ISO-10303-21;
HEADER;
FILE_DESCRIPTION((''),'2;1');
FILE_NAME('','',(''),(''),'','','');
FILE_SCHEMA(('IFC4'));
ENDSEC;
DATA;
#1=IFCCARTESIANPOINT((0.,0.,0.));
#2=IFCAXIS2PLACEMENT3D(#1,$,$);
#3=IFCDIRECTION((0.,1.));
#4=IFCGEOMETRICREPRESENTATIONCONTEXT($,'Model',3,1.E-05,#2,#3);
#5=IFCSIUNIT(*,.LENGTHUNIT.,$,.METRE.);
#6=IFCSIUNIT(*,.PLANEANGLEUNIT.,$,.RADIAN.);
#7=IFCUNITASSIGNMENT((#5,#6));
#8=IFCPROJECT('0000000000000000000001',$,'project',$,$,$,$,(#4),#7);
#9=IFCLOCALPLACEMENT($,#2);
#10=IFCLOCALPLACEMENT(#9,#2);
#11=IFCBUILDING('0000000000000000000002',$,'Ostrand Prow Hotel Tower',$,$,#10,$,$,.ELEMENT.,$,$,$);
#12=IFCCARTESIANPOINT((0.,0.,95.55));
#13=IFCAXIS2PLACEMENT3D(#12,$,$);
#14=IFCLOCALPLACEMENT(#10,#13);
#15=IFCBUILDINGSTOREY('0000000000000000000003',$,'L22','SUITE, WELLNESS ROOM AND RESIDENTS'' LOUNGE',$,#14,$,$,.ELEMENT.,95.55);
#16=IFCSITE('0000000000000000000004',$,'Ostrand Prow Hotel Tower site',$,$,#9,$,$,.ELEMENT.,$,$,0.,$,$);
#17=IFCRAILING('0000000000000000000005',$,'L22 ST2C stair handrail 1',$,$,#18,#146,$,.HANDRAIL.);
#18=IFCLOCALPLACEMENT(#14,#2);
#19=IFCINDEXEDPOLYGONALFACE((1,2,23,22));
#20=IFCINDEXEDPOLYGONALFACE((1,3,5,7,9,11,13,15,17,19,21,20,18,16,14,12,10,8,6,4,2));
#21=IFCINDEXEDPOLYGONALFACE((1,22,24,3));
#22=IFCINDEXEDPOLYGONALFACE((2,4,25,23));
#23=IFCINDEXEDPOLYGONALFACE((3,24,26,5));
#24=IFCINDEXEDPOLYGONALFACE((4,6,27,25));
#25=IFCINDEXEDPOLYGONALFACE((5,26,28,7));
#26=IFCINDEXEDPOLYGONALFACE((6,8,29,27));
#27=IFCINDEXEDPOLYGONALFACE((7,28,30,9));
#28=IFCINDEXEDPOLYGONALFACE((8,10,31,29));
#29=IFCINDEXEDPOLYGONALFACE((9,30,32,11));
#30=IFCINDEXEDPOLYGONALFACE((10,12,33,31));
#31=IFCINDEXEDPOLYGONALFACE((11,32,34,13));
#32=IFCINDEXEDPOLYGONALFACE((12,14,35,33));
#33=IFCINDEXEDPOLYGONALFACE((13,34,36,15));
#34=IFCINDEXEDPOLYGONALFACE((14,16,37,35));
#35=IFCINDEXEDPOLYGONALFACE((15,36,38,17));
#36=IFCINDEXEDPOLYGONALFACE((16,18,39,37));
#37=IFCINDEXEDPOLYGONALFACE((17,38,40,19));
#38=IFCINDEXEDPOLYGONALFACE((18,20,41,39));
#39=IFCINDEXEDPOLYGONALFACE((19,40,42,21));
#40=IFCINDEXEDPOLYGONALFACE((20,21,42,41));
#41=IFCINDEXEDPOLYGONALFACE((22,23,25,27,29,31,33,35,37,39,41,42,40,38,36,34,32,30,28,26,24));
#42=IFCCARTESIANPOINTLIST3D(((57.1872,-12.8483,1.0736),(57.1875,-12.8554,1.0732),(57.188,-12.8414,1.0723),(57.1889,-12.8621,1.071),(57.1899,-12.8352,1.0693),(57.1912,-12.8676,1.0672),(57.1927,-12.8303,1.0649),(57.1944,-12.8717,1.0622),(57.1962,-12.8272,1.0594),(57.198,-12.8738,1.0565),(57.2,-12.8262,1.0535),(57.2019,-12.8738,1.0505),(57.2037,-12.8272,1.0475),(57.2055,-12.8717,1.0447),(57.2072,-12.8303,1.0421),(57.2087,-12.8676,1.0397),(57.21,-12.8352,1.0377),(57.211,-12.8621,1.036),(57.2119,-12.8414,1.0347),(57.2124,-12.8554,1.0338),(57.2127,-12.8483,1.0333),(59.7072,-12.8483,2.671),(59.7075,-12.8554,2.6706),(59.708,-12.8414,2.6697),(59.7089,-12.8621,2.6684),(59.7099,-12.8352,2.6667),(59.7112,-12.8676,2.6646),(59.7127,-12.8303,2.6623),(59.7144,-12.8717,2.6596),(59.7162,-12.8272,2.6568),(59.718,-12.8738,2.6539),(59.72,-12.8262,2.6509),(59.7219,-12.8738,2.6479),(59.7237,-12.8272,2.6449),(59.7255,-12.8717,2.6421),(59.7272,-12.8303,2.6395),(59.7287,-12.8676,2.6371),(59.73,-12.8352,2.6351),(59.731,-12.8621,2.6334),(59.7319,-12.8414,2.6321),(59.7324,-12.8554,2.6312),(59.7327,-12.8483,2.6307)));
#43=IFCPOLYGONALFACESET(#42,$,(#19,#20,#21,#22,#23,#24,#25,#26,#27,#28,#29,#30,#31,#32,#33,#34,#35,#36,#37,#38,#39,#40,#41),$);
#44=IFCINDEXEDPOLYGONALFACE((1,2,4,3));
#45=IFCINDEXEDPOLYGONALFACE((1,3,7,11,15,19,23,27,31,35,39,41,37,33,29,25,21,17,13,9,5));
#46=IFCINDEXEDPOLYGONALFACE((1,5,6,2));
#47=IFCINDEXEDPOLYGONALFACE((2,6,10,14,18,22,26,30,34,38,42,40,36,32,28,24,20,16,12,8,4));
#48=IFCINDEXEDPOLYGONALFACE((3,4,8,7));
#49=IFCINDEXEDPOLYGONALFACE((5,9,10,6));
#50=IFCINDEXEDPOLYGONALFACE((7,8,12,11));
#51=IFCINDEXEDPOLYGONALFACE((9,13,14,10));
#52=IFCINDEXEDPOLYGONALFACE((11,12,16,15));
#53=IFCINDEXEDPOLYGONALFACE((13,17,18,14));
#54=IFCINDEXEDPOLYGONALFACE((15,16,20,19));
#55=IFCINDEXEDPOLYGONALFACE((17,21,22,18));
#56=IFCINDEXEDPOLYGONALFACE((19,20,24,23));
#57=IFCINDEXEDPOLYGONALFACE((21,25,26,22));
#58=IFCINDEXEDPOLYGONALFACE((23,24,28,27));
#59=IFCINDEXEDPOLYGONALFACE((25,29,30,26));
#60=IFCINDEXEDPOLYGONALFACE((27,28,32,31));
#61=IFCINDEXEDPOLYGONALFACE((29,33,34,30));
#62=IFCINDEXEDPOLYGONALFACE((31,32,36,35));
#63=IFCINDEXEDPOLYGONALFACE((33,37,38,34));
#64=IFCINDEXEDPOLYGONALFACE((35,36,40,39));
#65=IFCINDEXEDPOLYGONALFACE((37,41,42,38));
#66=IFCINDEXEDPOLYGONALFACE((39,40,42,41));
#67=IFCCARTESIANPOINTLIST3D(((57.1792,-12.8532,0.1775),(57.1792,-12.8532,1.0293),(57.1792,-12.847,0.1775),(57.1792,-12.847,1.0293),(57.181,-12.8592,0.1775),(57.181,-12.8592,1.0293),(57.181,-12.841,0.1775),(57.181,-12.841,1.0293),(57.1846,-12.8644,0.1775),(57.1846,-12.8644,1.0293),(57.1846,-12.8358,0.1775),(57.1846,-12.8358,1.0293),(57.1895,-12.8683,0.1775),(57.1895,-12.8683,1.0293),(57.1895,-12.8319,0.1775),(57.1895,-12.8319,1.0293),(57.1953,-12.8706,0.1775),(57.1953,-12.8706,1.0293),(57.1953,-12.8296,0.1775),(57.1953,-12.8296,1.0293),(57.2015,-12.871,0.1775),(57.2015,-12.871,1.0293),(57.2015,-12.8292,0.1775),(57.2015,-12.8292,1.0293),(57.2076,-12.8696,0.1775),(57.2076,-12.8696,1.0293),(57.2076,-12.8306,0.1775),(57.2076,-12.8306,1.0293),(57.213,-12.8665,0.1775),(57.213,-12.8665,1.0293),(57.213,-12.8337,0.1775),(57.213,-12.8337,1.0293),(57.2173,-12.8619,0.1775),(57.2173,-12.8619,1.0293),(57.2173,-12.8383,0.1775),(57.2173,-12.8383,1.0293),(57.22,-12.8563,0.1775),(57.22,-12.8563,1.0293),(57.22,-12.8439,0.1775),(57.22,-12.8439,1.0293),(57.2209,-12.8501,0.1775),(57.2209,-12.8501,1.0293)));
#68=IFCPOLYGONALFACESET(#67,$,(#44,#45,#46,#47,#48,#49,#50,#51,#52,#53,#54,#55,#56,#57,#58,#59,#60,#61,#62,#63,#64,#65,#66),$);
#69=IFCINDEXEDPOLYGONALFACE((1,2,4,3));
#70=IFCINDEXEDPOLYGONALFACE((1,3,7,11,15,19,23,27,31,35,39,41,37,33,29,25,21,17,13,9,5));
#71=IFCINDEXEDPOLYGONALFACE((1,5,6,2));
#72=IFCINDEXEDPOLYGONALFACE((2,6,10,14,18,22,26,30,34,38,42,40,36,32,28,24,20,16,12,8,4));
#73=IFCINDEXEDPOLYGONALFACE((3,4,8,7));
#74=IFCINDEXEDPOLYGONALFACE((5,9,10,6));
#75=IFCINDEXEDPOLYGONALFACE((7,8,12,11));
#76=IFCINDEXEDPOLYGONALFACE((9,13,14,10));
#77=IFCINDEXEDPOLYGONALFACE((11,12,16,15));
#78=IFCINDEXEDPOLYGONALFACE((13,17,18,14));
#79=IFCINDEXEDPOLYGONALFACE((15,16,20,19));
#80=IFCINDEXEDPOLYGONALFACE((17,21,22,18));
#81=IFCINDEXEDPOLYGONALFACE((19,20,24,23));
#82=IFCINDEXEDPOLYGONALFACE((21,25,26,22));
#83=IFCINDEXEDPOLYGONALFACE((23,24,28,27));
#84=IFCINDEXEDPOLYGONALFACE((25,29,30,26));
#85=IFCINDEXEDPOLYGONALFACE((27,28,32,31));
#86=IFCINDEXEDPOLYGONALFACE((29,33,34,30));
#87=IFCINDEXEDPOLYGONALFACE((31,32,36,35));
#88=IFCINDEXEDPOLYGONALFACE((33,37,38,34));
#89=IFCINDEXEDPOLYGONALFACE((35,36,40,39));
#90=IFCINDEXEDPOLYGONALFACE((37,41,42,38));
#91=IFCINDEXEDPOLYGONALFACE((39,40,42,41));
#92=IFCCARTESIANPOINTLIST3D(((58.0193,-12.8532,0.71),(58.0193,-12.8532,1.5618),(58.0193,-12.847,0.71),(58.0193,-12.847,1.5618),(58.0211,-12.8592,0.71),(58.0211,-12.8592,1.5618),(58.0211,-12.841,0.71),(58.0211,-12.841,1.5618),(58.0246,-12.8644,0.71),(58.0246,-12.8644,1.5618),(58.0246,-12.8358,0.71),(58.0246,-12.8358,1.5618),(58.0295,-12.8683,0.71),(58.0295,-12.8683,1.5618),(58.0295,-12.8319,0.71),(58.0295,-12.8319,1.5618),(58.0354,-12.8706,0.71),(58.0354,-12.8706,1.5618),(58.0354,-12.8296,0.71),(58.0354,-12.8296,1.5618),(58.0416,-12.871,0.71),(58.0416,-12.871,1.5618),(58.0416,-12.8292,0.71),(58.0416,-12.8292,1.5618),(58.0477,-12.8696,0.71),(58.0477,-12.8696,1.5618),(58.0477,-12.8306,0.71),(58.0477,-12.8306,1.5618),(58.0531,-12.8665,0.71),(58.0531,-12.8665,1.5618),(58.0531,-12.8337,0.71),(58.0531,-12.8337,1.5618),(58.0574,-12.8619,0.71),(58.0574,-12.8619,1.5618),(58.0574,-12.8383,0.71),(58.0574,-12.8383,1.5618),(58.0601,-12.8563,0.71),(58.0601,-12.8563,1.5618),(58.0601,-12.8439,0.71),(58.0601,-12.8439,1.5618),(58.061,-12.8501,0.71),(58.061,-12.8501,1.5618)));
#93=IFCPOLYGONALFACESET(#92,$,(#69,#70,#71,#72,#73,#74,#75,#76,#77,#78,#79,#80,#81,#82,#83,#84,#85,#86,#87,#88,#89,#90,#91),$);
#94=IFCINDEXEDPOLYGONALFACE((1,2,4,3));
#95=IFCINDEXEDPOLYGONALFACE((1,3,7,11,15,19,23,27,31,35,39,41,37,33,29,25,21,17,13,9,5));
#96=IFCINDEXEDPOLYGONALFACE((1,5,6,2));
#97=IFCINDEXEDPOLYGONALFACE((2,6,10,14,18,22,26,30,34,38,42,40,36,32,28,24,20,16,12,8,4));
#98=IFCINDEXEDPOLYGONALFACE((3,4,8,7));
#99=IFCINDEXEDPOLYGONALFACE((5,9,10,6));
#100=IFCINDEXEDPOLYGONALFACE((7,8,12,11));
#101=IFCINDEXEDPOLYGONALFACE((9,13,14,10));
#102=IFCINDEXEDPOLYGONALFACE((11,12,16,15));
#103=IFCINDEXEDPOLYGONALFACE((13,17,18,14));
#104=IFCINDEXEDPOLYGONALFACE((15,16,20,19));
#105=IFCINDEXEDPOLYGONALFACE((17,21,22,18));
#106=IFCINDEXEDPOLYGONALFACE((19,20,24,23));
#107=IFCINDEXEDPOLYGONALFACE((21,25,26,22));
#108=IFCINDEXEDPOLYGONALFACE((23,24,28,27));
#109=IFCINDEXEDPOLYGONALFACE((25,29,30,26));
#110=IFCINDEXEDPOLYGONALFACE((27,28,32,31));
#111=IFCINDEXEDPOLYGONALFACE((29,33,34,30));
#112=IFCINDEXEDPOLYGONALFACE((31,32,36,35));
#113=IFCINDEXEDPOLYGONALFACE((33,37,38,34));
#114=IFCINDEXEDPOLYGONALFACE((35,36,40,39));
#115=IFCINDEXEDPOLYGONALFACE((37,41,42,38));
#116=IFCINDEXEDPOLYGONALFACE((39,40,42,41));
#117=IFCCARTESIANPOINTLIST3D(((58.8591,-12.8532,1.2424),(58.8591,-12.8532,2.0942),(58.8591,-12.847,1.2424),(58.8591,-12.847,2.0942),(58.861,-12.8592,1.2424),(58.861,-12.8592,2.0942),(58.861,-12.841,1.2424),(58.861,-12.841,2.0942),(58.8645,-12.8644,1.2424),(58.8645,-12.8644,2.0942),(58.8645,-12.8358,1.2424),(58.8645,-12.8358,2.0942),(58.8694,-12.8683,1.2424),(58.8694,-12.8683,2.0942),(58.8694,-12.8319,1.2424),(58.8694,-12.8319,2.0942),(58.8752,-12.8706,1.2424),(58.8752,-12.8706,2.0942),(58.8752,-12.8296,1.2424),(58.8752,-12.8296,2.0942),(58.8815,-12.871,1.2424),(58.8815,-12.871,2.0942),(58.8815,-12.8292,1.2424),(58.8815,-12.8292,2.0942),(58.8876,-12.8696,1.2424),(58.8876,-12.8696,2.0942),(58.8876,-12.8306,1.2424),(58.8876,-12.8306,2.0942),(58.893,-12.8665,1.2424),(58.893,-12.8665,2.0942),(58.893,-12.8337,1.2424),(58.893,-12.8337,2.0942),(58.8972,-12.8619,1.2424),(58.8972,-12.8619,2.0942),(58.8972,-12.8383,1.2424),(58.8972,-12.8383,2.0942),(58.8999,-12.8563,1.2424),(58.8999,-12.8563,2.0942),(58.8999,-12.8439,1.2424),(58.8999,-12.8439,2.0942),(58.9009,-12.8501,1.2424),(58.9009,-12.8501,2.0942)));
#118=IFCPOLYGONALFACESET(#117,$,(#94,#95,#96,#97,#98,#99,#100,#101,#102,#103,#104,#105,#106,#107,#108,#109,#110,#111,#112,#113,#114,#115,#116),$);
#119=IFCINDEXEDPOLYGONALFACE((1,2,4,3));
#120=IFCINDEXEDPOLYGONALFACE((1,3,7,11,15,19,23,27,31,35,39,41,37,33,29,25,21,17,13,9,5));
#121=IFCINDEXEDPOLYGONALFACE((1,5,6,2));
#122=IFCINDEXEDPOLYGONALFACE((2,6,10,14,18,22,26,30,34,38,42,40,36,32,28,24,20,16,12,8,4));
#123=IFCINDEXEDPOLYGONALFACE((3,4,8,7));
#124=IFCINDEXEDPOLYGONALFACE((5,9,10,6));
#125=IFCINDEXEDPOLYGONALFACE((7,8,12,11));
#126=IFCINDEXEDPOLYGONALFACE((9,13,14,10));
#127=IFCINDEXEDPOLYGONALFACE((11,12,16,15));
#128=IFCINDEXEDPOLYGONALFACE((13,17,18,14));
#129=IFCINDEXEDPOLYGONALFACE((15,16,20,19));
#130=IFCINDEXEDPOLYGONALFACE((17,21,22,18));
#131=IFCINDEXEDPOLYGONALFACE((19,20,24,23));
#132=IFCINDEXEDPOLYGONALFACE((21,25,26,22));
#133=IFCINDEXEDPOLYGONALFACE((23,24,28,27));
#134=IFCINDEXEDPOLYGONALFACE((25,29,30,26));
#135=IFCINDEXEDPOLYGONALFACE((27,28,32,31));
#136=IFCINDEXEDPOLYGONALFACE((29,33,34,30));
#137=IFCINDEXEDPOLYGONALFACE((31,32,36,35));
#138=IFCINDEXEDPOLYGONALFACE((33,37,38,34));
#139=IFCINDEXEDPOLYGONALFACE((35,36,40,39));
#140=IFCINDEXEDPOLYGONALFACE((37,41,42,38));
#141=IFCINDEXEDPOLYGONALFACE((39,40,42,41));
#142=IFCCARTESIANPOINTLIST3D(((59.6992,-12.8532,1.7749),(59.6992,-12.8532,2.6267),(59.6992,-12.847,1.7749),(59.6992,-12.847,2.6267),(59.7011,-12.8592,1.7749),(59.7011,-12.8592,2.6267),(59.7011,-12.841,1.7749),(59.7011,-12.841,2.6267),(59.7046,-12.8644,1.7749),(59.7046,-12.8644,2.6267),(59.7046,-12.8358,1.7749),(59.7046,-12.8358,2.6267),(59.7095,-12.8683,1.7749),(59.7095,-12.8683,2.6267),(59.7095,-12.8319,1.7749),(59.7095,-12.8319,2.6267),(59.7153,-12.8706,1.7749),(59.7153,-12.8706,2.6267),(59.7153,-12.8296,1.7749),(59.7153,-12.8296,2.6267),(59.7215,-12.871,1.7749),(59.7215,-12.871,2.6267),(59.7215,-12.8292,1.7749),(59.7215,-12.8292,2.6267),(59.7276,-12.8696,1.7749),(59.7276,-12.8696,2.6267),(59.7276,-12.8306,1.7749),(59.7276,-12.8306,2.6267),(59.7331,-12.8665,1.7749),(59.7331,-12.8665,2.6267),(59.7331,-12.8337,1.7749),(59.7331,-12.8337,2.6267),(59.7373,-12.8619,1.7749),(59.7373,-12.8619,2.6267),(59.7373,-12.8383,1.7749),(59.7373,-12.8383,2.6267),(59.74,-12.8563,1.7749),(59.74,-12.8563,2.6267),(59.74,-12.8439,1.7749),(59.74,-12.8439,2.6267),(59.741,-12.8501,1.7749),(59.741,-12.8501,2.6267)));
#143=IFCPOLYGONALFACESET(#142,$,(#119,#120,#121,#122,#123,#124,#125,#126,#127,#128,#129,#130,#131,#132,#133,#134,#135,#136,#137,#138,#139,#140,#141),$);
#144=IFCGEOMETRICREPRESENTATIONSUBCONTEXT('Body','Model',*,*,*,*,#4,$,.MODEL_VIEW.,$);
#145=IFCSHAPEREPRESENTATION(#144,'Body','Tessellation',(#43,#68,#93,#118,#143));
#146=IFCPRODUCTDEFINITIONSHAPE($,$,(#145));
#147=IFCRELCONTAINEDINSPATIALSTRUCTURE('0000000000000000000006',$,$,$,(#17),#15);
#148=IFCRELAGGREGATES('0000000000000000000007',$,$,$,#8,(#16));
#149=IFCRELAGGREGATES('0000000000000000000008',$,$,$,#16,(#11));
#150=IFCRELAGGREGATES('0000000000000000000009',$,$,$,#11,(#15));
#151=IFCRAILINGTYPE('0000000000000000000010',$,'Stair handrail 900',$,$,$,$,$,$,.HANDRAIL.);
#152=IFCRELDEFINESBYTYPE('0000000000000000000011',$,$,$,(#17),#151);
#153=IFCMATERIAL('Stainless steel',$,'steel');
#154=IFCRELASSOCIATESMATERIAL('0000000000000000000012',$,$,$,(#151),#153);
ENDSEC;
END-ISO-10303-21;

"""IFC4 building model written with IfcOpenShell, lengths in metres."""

from ifc_helpers import new_model, si_unit, direction, frame, origin, origin_2d, place, context, subcontext, project, spatial, circle, extrude, material, type_object, element, save


model = new_model("IFC4")

# Units and contexts
model_context = context("Model", 3, precision=1e-05, world=origin(), true_north=direction((0.0, 1.0)))
body_context = subcontext(model_context, "Body", "Model", "MODEL_VIEW")
ifc_project = project(units=[si_unit("LENGTHUNIT", "METRE"), si_unit("PLANEANGLEUNIT", "RADIAN")], contexts=[model_context])

# Site, building, storey
site_placement = place(None, origin())
site = spatial("IfcSite", under=ifc_project, at=site_placement, Name="Ostrand Prow Hotel Tower site", CompositionType="ELEMENT", RefElevation=0.0)
building_placement = place(site_placement, origin())
building = spatial("IfcBuilding", under=site, at=building_placement, Name="Ostrand Prow Hotel Tower", CompositionType="ELEMENT")
storey_placement = place(building_placement, frame((0.0, 0.0, 95.55)))
storey = spatial("IfcBuildingStorey", under=building, at=storey_placement, Name="L22", Description="SUITE, WELLNESS ROOM AND RESIDENTS' LOUNGE", CompositionType="ELEMENT", Elevation=95.55)

# Railing
ifc_material_1 = material(Name="Stainless steel", Category="steel")
railing_type_1 = type_object("IfcRailingType", Name="Stair handrail 900", PredefinedType="HANDRAIL", material=ifc_material_1)
railing_1_placement = place(storey_placement, frame((57.2, -12.8501, 0.1775)))
element("IfcRailing", 1, at=railing_1_placement, inside=storey, type_object=railing_type_1, Name="L22 ST2C stair handrail 1", PredefinedType="HANDRAIL", context=body_context, shape_type="SweptSolid", body=[
    extrude(circle(Radius=0.0239, at=origin_2d()), frame((0.0, 0.0, 0.876), z_axis=(0.844607, 0.0, 0.535387), x_axis=(0.0, 1.0, 0.0)), (0.0, 0.0, 1.0), 2.9836),
    extrude(circle(Radius=0.021, at=origin_2d()), origin(), (0.0, 0.0, 1.0), 0.8518),
    extrude(circle(Radius=0.021, at=origin_2d()), frame((0.8401, 0.0, 0.5325)), (0.0, 0.0, 1.0), 0.8518),
    extrude(circle(Radius=0.021, at=origin_2d()), frame((1.6799, 0.0, 1.0649)), (0.0, 0.0, 1.0), 0.8518),
    extrude(circle(Radius=0.021, at=origin_2d()), frame((2.52, 0.0, 1.5974)), (0.0, 0.0, 1.0), 0.8518),
])

save(model, "model.ifc")
